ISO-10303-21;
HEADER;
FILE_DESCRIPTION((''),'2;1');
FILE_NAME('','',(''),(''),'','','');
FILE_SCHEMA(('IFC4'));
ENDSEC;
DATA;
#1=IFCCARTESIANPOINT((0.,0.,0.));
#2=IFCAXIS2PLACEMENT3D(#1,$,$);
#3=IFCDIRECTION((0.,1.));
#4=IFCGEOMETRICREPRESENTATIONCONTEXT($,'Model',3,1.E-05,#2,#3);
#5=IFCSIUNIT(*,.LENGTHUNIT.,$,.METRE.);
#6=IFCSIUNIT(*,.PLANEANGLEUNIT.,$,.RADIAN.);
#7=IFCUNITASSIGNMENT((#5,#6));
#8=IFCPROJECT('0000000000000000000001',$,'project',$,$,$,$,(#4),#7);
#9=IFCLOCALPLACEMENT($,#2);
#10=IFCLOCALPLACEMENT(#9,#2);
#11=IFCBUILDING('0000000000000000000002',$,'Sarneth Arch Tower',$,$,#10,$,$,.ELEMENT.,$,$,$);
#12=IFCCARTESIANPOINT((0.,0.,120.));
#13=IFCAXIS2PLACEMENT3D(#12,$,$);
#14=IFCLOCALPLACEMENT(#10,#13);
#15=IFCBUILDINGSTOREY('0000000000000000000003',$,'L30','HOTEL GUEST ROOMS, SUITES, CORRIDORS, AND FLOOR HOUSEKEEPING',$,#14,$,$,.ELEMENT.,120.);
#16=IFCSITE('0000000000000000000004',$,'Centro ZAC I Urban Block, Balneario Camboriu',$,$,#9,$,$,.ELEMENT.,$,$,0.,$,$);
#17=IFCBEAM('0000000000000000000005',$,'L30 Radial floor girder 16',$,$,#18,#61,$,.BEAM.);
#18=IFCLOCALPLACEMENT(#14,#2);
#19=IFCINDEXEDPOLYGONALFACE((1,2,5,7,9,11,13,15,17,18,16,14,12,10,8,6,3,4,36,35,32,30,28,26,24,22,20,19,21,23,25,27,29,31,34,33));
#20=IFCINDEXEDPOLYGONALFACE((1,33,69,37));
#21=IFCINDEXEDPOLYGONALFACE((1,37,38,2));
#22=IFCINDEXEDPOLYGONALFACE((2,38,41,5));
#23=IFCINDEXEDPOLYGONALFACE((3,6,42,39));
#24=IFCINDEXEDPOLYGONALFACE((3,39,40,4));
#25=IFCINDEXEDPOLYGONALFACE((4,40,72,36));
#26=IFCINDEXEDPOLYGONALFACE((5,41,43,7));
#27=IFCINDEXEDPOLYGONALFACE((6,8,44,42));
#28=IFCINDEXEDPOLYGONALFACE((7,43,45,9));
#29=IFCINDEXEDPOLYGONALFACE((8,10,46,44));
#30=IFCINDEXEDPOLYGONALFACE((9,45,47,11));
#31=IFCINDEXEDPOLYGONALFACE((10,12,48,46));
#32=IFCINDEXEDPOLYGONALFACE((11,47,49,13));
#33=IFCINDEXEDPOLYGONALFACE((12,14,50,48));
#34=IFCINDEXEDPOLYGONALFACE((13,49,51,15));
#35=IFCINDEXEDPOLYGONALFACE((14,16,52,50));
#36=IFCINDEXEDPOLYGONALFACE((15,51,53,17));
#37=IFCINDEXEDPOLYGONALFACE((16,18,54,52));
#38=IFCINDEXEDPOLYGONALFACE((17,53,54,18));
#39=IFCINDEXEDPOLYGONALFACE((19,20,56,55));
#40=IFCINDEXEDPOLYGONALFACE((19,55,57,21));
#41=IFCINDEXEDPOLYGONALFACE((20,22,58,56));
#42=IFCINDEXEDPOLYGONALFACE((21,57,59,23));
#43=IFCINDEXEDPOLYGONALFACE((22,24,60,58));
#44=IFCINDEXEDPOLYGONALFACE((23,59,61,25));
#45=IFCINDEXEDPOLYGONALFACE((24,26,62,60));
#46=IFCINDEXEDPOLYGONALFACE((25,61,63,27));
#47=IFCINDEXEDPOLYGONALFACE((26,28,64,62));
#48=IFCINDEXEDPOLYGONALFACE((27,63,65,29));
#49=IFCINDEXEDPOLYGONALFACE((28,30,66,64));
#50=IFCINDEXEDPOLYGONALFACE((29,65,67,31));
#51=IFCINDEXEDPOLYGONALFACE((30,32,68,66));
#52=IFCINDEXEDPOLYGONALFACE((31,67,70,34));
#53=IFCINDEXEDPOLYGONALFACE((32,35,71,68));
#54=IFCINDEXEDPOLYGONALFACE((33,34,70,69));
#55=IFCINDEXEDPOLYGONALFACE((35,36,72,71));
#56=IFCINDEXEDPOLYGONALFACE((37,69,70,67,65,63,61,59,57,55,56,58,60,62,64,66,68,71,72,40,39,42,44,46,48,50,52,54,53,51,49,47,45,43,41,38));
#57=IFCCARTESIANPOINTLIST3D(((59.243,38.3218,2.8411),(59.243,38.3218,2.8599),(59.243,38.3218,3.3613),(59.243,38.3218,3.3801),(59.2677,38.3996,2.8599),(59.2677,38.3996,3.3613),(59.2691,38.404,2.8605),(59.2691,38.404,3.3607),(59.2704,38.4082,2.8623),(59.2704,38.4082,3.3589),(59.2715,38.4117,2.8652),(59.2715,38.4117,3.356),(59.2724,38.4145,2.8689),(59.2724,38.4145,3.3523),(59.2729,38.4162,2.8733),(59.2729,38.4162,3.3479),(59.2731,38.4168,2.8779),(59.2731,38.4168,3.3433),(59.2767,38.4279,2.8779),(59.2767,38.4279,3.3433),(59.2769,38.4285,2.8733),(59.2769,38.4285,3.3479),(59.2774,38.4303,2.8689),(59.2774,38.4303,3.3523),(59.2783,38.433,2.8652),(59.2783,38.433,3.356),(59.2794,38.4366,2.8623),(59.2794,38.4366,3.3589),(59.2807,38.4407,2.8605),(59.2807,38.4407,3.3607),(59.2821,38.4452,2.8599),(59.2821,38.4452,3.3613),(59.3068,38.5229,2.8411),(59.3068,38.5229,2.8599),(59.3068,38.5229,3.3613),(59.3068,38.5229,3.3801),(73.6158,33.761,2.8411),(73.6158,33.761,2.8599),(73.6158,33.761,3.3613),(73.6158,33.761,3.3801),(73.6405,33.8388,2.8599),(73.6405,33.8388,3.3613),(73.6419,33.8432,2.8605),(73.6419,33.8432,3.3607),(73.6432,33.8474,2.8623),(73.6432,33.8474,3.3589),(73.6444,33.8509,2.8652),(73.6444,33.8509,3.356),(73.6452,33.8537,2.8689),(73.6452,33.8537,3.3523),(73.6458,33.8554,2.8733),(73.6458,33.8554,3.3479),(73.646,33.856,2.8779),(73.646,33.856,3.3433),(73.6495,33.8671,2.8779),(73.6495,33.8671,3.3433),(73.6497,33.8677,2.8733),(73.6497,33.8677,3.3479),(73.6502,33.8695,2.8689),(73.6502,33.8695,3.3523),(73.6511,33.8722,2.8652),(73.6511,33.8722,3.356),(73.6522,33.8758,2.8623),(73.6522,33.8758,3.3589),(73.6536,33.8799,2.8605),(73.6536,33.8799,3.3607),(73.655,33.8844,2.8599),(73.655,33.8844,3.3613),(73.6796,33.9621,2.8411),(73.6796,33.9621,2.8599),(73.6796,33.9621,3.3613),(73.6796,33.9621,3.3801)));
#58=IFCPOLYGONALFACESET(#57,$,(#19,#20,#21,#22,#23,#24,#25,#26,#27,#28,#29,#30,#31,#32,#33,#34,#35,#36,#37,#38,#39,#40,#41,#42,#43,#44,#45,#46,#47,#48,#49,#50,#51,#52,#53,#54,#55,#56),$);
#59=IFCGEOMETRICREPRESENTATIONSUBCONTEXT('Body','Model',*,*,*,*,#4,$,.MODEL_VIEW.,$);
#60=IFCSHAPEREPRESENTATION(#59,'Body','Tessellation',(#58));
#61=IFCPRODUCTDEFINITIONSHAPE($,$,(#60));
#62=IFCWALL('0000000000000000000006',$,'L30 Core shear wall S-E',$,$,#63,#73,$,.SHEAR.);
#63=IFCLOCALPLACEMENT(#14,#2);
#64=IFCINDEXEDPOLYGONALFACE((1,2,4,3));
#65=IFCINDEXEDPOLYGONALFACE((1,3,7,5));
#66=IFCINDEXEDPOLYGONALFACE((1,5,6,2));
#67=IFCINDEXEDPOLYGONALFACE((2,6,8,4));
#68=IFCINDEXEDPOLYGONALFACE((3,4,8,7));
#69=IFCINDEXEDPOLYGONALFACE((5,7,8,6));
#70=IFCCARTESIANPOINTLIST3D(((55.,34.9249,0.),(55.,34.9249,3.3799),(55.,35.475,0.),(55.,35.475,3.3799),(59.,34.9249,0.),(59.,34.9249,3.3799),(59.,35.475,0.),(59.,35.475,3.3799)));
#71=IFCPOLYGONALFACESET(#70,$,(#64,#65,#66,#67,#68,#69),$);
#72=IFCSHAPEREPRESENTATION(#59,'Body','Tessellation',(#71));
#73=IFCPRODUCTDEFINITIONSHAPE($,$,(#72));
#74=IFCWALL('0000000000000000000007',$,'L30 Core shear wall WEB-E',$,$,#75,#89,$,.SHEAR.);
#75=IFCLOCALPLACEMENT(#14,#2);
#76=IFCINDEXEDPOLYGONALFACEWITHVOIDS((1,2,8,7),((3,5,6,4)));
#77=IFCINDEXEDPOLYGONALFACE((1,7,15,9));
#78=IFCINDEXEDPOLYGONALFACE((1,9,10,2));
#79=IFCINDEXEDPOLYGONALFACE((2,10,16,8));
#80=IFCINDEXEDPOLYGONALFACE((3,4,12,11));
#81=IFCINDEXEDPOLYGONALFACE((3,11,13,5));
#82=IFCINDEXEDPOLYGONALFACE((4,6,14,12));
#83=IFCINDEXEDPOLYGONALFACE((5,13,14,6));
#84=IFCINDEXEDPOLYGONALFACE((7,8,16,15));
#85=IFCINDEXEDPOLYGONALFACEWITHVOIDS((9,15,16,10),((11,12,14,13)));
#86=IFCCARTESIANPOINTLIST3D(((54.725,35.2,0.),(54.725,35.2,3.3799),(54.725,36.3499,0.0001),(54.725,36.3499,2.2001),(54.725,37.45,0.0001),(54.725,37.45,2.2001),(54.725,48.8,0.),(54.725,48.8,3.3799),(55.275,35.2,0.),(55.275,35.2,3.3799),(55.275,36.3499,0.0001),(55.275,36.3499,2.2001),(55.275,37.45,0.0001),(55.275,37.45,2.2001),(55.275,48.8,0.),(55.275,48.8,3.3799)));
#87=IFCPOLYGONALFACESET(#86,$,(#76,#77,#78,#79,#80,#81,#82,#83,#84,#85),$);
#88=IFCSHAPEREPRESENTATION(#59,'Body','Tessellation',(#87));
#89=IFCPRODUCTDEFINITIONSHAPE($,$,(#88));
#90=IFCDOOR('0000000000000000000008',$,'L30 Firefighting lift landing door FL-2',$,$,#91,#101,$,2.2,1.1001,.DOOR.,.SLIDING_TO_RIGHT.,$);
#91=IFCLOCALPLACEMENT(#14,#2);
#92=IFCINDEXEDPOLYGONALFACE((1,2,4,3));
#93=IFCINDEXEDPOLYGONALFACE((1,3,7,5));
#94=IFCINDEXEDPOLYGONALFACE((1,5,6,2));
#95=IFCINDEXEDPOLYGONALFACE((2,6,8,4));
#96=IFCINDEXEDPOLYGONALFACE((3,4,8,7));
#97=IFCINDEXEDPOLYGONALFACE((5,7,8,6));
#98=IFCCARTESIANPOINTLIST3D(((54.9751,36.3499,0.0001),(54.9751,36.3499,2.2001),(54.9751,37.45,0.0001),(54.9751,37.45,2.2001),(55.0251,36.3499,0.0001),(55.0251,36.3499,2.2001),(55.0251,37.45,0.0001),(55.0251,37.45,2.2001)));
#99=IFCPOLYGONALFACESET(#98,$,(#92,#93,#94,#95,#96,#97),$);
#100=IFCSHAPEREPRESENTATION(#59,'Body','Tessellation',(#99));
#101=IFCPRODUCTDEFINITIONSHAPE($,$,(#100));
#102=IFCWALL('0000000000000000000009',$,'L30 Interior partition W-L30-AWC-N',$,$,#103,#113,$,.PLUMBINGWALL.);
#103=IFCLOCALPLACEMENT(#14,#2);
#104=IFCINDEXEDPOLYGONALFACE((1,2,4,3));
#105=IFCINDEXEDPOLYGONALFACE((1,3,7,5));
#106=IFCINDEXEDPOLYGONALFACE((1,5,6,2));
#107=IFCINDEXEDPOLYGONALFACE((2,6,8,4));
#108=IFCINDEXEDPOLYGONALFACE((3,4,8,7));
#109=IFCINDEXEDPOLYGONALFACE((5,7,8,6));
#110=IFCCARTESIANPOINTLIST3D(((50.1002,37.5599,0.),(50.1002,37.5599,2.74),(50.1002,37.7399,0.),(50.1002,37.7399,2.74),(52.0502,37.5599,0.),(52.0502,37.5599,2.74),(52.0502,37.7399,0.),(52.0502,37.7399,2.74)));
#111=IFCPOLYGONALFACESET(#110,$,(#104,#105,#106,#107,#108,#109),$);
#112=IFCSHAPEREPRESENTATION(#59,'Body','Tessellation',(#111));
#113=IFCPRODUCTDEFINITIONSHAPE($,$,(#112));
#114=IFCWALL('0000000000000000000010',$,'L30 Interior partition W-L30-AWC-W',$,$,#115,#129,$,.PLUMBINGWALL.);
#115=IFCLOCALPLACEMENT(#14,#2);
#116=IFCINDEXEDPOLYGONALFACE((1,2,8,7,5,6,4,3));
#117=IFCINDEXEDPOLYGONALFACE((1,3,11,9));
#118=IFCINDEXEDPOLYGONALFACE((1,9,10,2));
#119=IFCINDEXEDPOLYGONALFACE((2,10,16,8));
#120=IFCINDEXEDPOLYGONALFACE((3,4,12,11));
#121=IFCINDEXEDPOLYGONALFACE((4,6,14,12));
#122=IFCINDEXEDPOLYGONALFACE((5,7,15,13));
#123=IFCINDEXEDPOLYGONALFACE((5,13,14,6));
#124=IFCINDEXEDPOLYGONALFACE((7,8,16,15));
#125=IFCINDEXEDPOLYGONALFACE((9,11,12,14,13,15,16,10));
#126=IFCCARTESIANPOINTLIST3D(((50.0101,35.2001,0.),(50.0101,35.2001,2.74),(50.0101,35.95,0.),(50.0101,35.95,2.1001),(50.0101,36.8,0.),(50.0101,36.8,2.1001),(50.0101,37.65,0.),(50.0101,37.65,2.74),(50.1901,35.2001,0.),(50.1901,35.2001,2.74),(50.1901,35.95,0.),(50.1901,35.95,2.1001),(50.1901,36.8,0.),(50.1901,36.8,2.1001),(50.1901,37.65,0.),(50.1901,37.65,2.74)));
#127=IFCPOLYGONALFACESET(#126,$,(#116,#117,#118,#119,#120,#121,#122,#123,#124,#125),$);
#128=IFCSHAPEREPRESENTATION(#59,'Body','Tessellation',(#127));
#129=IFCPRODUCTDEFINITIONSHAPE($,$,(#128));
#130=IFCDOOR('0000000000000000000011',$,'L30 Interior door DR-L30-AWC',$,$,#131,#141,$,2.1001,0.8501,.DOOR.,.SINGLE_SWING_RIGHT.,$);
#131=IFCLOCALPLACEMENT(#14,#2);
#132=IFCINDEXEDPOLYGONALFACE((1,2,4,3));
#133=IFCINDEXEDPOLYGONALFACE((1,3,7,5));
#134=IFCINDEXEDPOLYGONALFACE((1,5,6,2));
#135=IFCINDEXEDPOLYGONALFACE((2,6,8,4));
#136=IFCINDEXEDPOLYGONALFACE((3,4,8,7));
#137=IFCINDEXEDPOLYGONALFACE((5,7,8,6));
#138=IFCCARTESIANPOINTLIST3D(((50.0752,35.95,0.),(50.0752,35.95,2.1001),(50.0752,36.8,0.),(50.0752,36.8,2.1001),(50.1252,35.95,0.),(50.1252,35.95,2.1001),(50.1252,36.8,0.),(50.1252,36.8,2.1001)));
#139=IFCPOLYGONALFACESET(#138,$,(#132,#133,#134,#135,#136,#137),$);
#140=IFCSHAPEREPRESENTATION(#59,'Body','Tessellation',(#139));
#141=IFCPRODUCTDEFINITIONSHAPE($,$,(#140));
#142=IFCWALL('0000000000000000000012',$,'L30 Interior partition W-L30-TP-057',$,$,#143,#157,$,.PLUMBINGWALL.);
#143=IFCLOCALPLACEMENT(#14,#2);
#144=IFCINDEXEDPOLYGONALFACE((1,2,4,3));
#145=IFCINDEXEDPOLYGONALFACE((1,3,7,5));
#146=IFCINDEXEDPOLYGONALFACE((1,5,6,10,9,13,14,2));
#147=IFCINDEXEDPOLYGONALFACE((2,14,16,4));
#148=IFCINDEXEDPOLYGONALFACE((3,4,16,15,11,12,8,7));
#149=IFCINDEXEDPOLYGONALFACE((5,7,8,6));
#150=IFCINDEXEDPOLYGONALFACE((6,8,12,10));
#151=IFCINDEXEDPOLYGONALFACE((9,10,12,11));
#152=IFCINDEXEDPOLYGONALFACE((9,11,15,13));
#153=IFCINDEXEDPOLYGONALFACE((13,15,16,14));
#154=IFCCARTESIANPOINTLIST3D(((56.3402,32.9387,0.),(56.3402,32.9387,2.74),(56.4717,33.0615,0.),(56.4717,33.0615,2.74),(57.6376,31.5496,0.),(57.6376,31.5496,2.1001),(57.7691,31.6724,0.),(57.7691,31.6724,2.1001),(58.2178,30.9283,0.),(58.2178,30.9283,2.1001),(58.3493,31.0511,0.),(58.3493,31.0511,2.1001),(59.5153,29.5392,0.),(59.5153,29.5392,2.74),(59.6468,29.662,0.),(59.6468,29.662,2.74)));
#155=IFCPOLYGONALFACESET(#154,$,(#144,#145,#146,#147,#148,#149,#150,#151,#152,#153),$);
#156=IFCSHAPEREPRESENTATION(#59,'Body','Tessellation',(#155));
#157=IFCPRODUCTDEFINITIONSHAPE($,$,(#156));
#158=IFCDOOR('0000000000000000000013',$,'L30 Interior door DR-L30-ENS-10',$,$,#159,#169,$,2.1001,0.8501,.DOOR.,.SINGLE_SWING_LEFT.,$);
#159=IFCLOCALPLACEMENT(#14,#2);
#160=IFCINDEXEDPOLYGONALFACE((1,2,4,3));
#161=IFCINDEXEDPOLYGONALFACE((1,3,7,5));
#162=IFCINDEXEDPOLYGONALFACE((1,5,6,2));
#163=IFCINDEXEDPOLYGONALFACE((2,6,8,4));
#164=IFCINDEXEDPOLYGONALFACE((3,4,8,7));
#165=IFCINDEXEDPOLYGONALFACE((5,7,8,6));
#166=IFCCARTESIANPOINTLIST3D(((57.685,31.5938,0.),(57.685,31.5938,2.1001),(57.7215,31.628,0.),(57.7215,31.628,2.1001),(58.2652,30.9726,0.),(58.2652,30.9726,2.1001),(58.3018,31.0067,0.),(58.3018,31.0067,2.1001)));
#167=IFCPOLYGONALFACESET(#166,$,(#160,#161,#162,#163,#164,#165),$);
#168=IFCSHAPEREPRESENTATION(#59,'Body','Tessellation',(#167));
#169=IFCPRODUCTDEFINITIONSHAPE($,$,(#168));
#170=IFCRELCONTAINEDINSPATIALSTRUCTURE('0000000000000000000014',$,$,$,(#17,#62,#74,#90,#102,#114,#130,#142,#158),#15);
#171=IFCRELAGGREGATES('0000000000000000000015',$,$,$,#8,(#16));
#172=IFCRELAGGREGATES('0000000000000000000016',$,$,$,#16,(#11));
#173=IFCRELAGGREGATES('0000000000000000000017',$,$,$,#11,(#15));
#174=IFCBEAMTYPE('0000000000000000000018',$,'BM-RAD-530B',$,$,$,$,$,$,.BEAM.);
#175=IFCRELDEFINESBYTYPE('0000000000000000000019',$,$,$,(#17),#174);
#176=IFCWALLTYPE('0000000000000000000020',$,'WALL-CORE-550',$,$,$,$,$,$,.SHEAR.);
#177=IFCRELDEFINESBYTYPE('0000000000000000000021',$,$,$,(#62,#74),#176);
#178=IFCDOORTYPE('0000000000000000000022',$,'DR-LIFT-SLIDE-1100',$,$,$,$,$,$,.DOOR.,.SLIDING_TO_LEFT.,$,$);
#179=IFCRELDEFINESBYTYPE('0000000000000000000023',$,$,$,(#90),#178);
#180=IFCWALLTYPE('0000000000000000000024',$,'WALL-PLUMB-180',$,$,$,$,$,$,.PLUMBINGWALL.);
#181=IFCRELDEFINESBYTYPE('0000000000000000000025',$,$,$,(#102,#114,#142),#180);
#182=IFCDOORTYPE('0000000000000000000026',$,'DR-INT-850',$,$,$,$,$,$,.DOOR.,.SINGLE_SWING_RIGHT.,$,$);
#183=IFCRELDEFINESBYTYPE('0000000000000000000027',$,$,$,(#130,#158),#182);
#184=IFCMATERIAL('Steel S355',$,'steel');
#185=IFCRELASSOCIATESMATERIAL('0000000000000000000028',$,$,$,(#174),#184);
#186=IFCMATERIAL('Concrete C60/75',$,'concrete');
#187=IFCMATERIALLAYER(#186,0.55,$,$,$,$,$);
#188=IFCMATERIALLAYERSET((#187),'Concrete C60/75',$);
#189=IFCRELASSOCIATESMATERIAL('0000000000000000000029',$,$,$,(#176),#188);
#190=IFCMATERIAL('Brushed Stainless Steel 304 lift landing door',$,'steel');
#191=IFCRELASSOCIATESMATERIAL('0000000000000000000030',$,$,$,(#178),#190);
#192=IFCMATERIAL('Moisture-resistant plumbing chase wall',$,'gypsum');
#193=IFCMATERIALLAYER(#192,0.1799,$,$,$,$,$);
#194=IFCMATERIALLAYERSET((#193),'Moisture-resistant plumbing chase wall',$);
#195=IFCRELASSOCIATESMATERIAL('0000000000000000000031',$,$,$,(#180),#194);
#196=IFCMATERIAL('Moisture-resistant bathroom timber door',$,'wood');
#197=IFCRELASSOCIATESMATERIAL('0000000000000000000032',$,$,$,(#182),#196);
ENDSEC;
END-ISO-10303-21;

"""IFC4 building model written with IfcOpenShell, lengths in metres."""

from ifc_helpers import new_model, si_unit, direction, frame, frame_2d, origin, origin_2d, place, context, subcontext, project, spatial, rectangle, i_section, extrude, material, layer, layer_set, material_profile, profile_set, type_object, element, fill, save


model = new_model("IFC4")

# Units and contexts
model_context = context("Model", 3, precision=1e-05, world=origin(), true_north=direction((0.0, 1.0)))
body_context = subcontext(model_context, "Body", "Model", "MODEL_VIEW")
ifc_project = project(units=[si_unit("LENGTHUNIT", "METRE"), si_unit("PLANEANGLEUNIT", "RADIAN")], contexts=[model_context])

# Site, building, storey
site_placement = place(None, origin())
site = spatial("IfcSite", under=ifc_project, at=site_placement, Name="Centro ZAC I Urban Block, Balneario Camboriu", CompositionType="ELEMENT", RefElevation=0.0)
building_placement = place(site_placement, origin())
building = spatial("IfcBuilding", under=site, at=building_placement, Name="Sarneth Arch Tower", CompositionType="ELEMENT")
storey_placement = place(building_placement, frame((0.0, 0.0, 120.0)))
storey = spatial("IfcBuildingStorey", under=building, at=storey_placement, Name="L30", Description="HOTEL GUEST ROOMS, SUITES, CORRIDORS, AND FLOOR HOUSEKEEPING", CompositionType="ELEMENT", Elevation=120.0)

# Beam
ifc_material_1 = material(Name="Steel S355", Category="steel")
ifc_material_profile_1 = material_profile(ifc_material_1, i_section(OverallWidth=0.2109, OverallDepth=0.5391, WebThickness=0.0117, FlangeThickness=0.0188, FilletRadius=0.0181, at=origin_2d()), Name="W530x109")
ifc_profile_set_1 = profile_set([ifc_material_profile_1], Name="Steel S355")
beam_type_1 = type_object("IfcBeamType", Name="BM-RAD-530B", PredefinedType="BEAM", material=ifc_profile_set_1)
beam_1_placement = place(storey_placement, frame((59.2749, 38.4224, 3.1106), z_axis=(0.953163, -0.302458, 0.0), x_axis=(0.302458, 0.953163, 0.0)))
element("IfcBeam", 1, at=beam_1_placement, inside=storey, type_object=beam_type_1, Name="L30 Radial floor girder 16", PredefinedType="BEAM", context=body_context, shape_type="SweptSolid", body=[
    extrude(i_section(OverallWidth=0.2109, OverallDepth=0.5391, WebThickness=0.0117, FlangeThickness=0.0188, FilletRadius=0.0181, at=origin_2d()), origin(), (0.0, 0.0, 1.0), 15.0791),
])

# Wall
ifc_material_2 = material(Name="Concrete C60/75", Category="concrete")
ifc_layer_1 = layer(ifc_material_2, 0.55)
ifc_layer_set_1 = layer_set([ifc_layer_1], Name="Concrete C60/75")
wall_type_1 = type_object("IfcWallType", Name="WALL-CORE-550", PredefinedType="SHEAR", material=ifc_layer_set_1)
wall_1_placement = place(storey_placement, frame((55.0, 35.2, 0.0), z_axis=(0.0, 0.0, 1.0), x_axis=(1.0, 0.0, 0.0)))
element("IfcWall", 2, at=wall_1_placement, inside=storey, type_object=wall_type_1, Name="L30 Core shear wall S-E", PredefinedType="SHEAR", context=body_context, shape_type="SweptSolid", body=[
    extrude(rectangle(XDim=4.0, YDim=0.55, at=frame_2d((2.0, 0.0))), origin(), (0.0, 0.0, 1.0), 3.3799),
])

# Wall, opening, door
wall_2_placement = place(storey_placement, frame((55.0, 35.2, 0.0), z_axis=(0.0, 0.0, 1.0), x_axis=(0.0, 1.0, 0.0)))
wall_2 = element("IfcWall", 3, at=wall_2_placement, inside=storey, type_object=wall_type_1, Name="L30 Core shear wall WEB-E", PredefinedType="SHEAR", context=body_context, shape_type="SweptSolid", body=[
    extrude(rectangle(XDim=13.6001, YDim=0.55, at=frame_2d((6.8, 0.0))), origin(), (0.0, 0.0, 1.0), 3.3799),
])
opening_1_placement = place(wall_2_placement, frame((1.1499, 0.0, 0.0)))
opening_1 = element("IfcOpeningElement", 4, at=opening_1_placement, cuts=wall_2, PredefinedType="OPENING", context=body_context, shape_type="SweptSolid", body=[
    extrude(rectangle(XDim=1.1001, YDim=2.2, at=frame_2d((0.55, 1.1001))), frame((0.0, 0.2849, 0.0), z_axis=(0.0, -1.0, 0.0), x_axis=(1.0, 0.0, 0.0)), (0.0, 0.0, 1.0), 0.5701),
])
ifc_material_3 = material(Name="Brushed Stainless Steel 304 lift landing door", Category="steel")
door_type_1 = type_object("IfcDoorType", Name="DR-LIFT-SLIDE-1100", OperationType="SLIDING_TO_LEFT", PredefinedType="DOOR", material=ifc_material_3)
door_1_placement = place(opening_1_placement, origin())
door_1 = element("IfcDoor", 5, at=door_1_placement, inside=storey, type_object=door_type_1, Name="L30 Firefighting lift landing door FL-2", OperationType="SLIDING_TO_RIGHT", OverallHeight=2.2, OverallWidth=1.1001, PredefinedType="DOOR", context=body_context, shape_type="SweptSolid", body=[
    extrude(rectangle(XDim=1.1001, YDim=2.2, at=frame_2d((0.55, 1.1001))), frame((0.0, 0.0249, 0.0), z_axis=(0.0, -1.0, 0.0), x_axis=(1.0, 0.0, 0.0)), (0.0, 0.0, 1.0), 0.05),
])
fill(opening_1, door_1)

# Wall
ifc_material_4 = material(Name="Moisture-resistant plumbing chase wall", Category="gypsum")
ifc_layer_2 = layer(ifc_material_4, 0.1799)
ifc_layer_set_2 = layer_set([ifc_layer_2], Name="Moisture-resistant plumbing chase wall")
wall_type_2 = type_object("IfcWallType", Name="WALL-PLUMB-180", PredefinedType="PLUMBINGWALL", material=ifc_layer_set_2)
wall_3_placement = place(storey_placement, frame((50.1001, 37.6499, 0.0), z_axis=(0.0, 0.0, 1.0), x_axis=(1.0, 0.0, 0.0)))
element("IfcWall", 6, at=wall_3_placement, inside=storey, type_object=wall_type_2, Name="L30 Interior partition W-L30-AWC-N", PredefinedType="PLUMBINGWALL", context=body_context, shape_type="SweptSolid", body=[
    extrude(rectangle(XDim=1.95, YDim=0.1799, at=frame_2d((0.9751, 0.0))), origin(), (0.0, 0.0, 1.0), 2.74),
])

# Walls, openings, doors
wall_4_placement = place(storey_placement, frame((50.1001, 35.2, 0.0), z_axis=(0.0, 0.0, 1.0), x_axis=(0.0, 1.0, 0.0)))
wall_4 = element("IfcWall", 7, at=wall_4_placement, inside=storey, type_object=wall_type_2, Name="L30 Interior partition W-L30-AWC-W", PredefinedType="PLUMBINGWALL", context=body_context, shape_type="SweptSolid", body=[
    extrude(rectangle(XDim=2.45, YDim=0.1799, at=frame_2d((1.2251, 0.0))), origin(), (0.0, 0.0, 1.0), 2.74),
])
opening_2_placement = place(wall_4_placement, frame((0.75, 0.0, 0.0)))
opening_2 = element("IfcOpeningElement", 8, at=opening_2_placement, cuts=wall_4, PredefinedType="OPENING", context=body_context, shape_type="SweptSolid", body=[
    extrude(rectangle(XDim=0.8501, YDim=2.1001, at=frame_2d((0.425, 1.05))), frame((0.0, 0.0999, 0.0), z_axis=(0.0, -1.0, 0.0), x_axis=(1.0, 0.0, 0.0)), (0.0, 0.0, 1.0), 0.2),
])
ifc_material_5 = material(Name="Moisture-resistant bathroom timber door", Category="wood")
door_type_2 = type_object("IfcDoorType", Name="DR-INT-850", OperationType="SINGLE_SWING_RIGHT", PredefinedType="DOOR", material=ifc_material_5)
door_2_placement = place(opening_2_placement, origin())
door_2 = element("IfcDoor", 9, at=door_2_placement, inside=storey, type_object=door_type_2, Name="L30 Interior door DR-L30-AWC", OperationType="SINGLE_SWING_RIGHT", OverallHeight=2.1001, OverallWidth=0.8501, PredefinedType="DOOR", context=body_context, shape_type="SweptSolid", body=[
    extrude(rectangle(XDim=0.8501, YDim=2.1001, at=frame_2d((0.425, 1.05))), frame((0.0, 0.0249, 0.0), z_axis=(0.0, -1.0, 0.0), x_axis=(1.0, 0.0, 0.0)), (0.0, 0.0, 1.0), 0.05),
])
fill(opening_2, door_2)
wall_5_placement = place(storey_placement, frame((56.406, 33.0, 0.0), z_axis=(0.0, 0.0, 1.0), x_axis=(0.682578, -0.730813, 0.0)))
wall_5 = element("IfcWall", 10, at=wall_5_placement, inside=storey, type_object=wall_type_2, Name="L30 Interior partition W-L30-TP-057", PredefinedType="PLUMBINGWALL", context=body_context, shape_type="SweptSolid", body=[
    extrude(rectangle(XDim=4.6516, YDim=0.1799, at=frame_2d((2.3257, 0.0))), origin(), (0.0, 0.0, 1.0), 2.74),
])
opening_3_placement = place(wall_5_placement, frame((1.9006, 0.0, 0.0)))
opening_3 = element("IfcOpeningElement", 11, at=opening_3_placement, cuts=wall_5, PredefinedType="OPENING", context=body_context, shape_type="SweptSolid", body=[
    extrude(rectangle(XDim=0.8501, YDim=2.1001, at=frame_2d((0.425, 1.05))), frame((0.0, 0.0999, 0.0), z_axis=(0.0, -1.0, 0.0), x_axis=(1.0, 0.0, 0.0)), (0.0, 0.0, 1.0), 0.2),
])
door_3_placement = place(opening_3_placement, origin())
door_3 = element("IfcDoor", 12, at=door_3_placement, inside=storey, type_object=door_type_2, Name="L30 Interior door DR-L30-ENS-10", OperationType="SINGLE_SWING_LEFT", OverallHeight=2.1001, OverallWidth=0.8501, PredefinedType="DOOR", context=body_context, shape_type="SweptSolid", body=[
    extrude(rectangle(XDim=0.8501, YDim=2.1001, at=frame_2d((0.425, 1.05))), frame((0.0, 0.0249, 0.0), z_axis=(0.0, -1.0, 0.0), x_axis=(1.0, 0.0, 0.0)), (0.0, 0.0, 1.0), 0.05),
])
fill(opening_3, door_3)

save(model, "model.ifc")
